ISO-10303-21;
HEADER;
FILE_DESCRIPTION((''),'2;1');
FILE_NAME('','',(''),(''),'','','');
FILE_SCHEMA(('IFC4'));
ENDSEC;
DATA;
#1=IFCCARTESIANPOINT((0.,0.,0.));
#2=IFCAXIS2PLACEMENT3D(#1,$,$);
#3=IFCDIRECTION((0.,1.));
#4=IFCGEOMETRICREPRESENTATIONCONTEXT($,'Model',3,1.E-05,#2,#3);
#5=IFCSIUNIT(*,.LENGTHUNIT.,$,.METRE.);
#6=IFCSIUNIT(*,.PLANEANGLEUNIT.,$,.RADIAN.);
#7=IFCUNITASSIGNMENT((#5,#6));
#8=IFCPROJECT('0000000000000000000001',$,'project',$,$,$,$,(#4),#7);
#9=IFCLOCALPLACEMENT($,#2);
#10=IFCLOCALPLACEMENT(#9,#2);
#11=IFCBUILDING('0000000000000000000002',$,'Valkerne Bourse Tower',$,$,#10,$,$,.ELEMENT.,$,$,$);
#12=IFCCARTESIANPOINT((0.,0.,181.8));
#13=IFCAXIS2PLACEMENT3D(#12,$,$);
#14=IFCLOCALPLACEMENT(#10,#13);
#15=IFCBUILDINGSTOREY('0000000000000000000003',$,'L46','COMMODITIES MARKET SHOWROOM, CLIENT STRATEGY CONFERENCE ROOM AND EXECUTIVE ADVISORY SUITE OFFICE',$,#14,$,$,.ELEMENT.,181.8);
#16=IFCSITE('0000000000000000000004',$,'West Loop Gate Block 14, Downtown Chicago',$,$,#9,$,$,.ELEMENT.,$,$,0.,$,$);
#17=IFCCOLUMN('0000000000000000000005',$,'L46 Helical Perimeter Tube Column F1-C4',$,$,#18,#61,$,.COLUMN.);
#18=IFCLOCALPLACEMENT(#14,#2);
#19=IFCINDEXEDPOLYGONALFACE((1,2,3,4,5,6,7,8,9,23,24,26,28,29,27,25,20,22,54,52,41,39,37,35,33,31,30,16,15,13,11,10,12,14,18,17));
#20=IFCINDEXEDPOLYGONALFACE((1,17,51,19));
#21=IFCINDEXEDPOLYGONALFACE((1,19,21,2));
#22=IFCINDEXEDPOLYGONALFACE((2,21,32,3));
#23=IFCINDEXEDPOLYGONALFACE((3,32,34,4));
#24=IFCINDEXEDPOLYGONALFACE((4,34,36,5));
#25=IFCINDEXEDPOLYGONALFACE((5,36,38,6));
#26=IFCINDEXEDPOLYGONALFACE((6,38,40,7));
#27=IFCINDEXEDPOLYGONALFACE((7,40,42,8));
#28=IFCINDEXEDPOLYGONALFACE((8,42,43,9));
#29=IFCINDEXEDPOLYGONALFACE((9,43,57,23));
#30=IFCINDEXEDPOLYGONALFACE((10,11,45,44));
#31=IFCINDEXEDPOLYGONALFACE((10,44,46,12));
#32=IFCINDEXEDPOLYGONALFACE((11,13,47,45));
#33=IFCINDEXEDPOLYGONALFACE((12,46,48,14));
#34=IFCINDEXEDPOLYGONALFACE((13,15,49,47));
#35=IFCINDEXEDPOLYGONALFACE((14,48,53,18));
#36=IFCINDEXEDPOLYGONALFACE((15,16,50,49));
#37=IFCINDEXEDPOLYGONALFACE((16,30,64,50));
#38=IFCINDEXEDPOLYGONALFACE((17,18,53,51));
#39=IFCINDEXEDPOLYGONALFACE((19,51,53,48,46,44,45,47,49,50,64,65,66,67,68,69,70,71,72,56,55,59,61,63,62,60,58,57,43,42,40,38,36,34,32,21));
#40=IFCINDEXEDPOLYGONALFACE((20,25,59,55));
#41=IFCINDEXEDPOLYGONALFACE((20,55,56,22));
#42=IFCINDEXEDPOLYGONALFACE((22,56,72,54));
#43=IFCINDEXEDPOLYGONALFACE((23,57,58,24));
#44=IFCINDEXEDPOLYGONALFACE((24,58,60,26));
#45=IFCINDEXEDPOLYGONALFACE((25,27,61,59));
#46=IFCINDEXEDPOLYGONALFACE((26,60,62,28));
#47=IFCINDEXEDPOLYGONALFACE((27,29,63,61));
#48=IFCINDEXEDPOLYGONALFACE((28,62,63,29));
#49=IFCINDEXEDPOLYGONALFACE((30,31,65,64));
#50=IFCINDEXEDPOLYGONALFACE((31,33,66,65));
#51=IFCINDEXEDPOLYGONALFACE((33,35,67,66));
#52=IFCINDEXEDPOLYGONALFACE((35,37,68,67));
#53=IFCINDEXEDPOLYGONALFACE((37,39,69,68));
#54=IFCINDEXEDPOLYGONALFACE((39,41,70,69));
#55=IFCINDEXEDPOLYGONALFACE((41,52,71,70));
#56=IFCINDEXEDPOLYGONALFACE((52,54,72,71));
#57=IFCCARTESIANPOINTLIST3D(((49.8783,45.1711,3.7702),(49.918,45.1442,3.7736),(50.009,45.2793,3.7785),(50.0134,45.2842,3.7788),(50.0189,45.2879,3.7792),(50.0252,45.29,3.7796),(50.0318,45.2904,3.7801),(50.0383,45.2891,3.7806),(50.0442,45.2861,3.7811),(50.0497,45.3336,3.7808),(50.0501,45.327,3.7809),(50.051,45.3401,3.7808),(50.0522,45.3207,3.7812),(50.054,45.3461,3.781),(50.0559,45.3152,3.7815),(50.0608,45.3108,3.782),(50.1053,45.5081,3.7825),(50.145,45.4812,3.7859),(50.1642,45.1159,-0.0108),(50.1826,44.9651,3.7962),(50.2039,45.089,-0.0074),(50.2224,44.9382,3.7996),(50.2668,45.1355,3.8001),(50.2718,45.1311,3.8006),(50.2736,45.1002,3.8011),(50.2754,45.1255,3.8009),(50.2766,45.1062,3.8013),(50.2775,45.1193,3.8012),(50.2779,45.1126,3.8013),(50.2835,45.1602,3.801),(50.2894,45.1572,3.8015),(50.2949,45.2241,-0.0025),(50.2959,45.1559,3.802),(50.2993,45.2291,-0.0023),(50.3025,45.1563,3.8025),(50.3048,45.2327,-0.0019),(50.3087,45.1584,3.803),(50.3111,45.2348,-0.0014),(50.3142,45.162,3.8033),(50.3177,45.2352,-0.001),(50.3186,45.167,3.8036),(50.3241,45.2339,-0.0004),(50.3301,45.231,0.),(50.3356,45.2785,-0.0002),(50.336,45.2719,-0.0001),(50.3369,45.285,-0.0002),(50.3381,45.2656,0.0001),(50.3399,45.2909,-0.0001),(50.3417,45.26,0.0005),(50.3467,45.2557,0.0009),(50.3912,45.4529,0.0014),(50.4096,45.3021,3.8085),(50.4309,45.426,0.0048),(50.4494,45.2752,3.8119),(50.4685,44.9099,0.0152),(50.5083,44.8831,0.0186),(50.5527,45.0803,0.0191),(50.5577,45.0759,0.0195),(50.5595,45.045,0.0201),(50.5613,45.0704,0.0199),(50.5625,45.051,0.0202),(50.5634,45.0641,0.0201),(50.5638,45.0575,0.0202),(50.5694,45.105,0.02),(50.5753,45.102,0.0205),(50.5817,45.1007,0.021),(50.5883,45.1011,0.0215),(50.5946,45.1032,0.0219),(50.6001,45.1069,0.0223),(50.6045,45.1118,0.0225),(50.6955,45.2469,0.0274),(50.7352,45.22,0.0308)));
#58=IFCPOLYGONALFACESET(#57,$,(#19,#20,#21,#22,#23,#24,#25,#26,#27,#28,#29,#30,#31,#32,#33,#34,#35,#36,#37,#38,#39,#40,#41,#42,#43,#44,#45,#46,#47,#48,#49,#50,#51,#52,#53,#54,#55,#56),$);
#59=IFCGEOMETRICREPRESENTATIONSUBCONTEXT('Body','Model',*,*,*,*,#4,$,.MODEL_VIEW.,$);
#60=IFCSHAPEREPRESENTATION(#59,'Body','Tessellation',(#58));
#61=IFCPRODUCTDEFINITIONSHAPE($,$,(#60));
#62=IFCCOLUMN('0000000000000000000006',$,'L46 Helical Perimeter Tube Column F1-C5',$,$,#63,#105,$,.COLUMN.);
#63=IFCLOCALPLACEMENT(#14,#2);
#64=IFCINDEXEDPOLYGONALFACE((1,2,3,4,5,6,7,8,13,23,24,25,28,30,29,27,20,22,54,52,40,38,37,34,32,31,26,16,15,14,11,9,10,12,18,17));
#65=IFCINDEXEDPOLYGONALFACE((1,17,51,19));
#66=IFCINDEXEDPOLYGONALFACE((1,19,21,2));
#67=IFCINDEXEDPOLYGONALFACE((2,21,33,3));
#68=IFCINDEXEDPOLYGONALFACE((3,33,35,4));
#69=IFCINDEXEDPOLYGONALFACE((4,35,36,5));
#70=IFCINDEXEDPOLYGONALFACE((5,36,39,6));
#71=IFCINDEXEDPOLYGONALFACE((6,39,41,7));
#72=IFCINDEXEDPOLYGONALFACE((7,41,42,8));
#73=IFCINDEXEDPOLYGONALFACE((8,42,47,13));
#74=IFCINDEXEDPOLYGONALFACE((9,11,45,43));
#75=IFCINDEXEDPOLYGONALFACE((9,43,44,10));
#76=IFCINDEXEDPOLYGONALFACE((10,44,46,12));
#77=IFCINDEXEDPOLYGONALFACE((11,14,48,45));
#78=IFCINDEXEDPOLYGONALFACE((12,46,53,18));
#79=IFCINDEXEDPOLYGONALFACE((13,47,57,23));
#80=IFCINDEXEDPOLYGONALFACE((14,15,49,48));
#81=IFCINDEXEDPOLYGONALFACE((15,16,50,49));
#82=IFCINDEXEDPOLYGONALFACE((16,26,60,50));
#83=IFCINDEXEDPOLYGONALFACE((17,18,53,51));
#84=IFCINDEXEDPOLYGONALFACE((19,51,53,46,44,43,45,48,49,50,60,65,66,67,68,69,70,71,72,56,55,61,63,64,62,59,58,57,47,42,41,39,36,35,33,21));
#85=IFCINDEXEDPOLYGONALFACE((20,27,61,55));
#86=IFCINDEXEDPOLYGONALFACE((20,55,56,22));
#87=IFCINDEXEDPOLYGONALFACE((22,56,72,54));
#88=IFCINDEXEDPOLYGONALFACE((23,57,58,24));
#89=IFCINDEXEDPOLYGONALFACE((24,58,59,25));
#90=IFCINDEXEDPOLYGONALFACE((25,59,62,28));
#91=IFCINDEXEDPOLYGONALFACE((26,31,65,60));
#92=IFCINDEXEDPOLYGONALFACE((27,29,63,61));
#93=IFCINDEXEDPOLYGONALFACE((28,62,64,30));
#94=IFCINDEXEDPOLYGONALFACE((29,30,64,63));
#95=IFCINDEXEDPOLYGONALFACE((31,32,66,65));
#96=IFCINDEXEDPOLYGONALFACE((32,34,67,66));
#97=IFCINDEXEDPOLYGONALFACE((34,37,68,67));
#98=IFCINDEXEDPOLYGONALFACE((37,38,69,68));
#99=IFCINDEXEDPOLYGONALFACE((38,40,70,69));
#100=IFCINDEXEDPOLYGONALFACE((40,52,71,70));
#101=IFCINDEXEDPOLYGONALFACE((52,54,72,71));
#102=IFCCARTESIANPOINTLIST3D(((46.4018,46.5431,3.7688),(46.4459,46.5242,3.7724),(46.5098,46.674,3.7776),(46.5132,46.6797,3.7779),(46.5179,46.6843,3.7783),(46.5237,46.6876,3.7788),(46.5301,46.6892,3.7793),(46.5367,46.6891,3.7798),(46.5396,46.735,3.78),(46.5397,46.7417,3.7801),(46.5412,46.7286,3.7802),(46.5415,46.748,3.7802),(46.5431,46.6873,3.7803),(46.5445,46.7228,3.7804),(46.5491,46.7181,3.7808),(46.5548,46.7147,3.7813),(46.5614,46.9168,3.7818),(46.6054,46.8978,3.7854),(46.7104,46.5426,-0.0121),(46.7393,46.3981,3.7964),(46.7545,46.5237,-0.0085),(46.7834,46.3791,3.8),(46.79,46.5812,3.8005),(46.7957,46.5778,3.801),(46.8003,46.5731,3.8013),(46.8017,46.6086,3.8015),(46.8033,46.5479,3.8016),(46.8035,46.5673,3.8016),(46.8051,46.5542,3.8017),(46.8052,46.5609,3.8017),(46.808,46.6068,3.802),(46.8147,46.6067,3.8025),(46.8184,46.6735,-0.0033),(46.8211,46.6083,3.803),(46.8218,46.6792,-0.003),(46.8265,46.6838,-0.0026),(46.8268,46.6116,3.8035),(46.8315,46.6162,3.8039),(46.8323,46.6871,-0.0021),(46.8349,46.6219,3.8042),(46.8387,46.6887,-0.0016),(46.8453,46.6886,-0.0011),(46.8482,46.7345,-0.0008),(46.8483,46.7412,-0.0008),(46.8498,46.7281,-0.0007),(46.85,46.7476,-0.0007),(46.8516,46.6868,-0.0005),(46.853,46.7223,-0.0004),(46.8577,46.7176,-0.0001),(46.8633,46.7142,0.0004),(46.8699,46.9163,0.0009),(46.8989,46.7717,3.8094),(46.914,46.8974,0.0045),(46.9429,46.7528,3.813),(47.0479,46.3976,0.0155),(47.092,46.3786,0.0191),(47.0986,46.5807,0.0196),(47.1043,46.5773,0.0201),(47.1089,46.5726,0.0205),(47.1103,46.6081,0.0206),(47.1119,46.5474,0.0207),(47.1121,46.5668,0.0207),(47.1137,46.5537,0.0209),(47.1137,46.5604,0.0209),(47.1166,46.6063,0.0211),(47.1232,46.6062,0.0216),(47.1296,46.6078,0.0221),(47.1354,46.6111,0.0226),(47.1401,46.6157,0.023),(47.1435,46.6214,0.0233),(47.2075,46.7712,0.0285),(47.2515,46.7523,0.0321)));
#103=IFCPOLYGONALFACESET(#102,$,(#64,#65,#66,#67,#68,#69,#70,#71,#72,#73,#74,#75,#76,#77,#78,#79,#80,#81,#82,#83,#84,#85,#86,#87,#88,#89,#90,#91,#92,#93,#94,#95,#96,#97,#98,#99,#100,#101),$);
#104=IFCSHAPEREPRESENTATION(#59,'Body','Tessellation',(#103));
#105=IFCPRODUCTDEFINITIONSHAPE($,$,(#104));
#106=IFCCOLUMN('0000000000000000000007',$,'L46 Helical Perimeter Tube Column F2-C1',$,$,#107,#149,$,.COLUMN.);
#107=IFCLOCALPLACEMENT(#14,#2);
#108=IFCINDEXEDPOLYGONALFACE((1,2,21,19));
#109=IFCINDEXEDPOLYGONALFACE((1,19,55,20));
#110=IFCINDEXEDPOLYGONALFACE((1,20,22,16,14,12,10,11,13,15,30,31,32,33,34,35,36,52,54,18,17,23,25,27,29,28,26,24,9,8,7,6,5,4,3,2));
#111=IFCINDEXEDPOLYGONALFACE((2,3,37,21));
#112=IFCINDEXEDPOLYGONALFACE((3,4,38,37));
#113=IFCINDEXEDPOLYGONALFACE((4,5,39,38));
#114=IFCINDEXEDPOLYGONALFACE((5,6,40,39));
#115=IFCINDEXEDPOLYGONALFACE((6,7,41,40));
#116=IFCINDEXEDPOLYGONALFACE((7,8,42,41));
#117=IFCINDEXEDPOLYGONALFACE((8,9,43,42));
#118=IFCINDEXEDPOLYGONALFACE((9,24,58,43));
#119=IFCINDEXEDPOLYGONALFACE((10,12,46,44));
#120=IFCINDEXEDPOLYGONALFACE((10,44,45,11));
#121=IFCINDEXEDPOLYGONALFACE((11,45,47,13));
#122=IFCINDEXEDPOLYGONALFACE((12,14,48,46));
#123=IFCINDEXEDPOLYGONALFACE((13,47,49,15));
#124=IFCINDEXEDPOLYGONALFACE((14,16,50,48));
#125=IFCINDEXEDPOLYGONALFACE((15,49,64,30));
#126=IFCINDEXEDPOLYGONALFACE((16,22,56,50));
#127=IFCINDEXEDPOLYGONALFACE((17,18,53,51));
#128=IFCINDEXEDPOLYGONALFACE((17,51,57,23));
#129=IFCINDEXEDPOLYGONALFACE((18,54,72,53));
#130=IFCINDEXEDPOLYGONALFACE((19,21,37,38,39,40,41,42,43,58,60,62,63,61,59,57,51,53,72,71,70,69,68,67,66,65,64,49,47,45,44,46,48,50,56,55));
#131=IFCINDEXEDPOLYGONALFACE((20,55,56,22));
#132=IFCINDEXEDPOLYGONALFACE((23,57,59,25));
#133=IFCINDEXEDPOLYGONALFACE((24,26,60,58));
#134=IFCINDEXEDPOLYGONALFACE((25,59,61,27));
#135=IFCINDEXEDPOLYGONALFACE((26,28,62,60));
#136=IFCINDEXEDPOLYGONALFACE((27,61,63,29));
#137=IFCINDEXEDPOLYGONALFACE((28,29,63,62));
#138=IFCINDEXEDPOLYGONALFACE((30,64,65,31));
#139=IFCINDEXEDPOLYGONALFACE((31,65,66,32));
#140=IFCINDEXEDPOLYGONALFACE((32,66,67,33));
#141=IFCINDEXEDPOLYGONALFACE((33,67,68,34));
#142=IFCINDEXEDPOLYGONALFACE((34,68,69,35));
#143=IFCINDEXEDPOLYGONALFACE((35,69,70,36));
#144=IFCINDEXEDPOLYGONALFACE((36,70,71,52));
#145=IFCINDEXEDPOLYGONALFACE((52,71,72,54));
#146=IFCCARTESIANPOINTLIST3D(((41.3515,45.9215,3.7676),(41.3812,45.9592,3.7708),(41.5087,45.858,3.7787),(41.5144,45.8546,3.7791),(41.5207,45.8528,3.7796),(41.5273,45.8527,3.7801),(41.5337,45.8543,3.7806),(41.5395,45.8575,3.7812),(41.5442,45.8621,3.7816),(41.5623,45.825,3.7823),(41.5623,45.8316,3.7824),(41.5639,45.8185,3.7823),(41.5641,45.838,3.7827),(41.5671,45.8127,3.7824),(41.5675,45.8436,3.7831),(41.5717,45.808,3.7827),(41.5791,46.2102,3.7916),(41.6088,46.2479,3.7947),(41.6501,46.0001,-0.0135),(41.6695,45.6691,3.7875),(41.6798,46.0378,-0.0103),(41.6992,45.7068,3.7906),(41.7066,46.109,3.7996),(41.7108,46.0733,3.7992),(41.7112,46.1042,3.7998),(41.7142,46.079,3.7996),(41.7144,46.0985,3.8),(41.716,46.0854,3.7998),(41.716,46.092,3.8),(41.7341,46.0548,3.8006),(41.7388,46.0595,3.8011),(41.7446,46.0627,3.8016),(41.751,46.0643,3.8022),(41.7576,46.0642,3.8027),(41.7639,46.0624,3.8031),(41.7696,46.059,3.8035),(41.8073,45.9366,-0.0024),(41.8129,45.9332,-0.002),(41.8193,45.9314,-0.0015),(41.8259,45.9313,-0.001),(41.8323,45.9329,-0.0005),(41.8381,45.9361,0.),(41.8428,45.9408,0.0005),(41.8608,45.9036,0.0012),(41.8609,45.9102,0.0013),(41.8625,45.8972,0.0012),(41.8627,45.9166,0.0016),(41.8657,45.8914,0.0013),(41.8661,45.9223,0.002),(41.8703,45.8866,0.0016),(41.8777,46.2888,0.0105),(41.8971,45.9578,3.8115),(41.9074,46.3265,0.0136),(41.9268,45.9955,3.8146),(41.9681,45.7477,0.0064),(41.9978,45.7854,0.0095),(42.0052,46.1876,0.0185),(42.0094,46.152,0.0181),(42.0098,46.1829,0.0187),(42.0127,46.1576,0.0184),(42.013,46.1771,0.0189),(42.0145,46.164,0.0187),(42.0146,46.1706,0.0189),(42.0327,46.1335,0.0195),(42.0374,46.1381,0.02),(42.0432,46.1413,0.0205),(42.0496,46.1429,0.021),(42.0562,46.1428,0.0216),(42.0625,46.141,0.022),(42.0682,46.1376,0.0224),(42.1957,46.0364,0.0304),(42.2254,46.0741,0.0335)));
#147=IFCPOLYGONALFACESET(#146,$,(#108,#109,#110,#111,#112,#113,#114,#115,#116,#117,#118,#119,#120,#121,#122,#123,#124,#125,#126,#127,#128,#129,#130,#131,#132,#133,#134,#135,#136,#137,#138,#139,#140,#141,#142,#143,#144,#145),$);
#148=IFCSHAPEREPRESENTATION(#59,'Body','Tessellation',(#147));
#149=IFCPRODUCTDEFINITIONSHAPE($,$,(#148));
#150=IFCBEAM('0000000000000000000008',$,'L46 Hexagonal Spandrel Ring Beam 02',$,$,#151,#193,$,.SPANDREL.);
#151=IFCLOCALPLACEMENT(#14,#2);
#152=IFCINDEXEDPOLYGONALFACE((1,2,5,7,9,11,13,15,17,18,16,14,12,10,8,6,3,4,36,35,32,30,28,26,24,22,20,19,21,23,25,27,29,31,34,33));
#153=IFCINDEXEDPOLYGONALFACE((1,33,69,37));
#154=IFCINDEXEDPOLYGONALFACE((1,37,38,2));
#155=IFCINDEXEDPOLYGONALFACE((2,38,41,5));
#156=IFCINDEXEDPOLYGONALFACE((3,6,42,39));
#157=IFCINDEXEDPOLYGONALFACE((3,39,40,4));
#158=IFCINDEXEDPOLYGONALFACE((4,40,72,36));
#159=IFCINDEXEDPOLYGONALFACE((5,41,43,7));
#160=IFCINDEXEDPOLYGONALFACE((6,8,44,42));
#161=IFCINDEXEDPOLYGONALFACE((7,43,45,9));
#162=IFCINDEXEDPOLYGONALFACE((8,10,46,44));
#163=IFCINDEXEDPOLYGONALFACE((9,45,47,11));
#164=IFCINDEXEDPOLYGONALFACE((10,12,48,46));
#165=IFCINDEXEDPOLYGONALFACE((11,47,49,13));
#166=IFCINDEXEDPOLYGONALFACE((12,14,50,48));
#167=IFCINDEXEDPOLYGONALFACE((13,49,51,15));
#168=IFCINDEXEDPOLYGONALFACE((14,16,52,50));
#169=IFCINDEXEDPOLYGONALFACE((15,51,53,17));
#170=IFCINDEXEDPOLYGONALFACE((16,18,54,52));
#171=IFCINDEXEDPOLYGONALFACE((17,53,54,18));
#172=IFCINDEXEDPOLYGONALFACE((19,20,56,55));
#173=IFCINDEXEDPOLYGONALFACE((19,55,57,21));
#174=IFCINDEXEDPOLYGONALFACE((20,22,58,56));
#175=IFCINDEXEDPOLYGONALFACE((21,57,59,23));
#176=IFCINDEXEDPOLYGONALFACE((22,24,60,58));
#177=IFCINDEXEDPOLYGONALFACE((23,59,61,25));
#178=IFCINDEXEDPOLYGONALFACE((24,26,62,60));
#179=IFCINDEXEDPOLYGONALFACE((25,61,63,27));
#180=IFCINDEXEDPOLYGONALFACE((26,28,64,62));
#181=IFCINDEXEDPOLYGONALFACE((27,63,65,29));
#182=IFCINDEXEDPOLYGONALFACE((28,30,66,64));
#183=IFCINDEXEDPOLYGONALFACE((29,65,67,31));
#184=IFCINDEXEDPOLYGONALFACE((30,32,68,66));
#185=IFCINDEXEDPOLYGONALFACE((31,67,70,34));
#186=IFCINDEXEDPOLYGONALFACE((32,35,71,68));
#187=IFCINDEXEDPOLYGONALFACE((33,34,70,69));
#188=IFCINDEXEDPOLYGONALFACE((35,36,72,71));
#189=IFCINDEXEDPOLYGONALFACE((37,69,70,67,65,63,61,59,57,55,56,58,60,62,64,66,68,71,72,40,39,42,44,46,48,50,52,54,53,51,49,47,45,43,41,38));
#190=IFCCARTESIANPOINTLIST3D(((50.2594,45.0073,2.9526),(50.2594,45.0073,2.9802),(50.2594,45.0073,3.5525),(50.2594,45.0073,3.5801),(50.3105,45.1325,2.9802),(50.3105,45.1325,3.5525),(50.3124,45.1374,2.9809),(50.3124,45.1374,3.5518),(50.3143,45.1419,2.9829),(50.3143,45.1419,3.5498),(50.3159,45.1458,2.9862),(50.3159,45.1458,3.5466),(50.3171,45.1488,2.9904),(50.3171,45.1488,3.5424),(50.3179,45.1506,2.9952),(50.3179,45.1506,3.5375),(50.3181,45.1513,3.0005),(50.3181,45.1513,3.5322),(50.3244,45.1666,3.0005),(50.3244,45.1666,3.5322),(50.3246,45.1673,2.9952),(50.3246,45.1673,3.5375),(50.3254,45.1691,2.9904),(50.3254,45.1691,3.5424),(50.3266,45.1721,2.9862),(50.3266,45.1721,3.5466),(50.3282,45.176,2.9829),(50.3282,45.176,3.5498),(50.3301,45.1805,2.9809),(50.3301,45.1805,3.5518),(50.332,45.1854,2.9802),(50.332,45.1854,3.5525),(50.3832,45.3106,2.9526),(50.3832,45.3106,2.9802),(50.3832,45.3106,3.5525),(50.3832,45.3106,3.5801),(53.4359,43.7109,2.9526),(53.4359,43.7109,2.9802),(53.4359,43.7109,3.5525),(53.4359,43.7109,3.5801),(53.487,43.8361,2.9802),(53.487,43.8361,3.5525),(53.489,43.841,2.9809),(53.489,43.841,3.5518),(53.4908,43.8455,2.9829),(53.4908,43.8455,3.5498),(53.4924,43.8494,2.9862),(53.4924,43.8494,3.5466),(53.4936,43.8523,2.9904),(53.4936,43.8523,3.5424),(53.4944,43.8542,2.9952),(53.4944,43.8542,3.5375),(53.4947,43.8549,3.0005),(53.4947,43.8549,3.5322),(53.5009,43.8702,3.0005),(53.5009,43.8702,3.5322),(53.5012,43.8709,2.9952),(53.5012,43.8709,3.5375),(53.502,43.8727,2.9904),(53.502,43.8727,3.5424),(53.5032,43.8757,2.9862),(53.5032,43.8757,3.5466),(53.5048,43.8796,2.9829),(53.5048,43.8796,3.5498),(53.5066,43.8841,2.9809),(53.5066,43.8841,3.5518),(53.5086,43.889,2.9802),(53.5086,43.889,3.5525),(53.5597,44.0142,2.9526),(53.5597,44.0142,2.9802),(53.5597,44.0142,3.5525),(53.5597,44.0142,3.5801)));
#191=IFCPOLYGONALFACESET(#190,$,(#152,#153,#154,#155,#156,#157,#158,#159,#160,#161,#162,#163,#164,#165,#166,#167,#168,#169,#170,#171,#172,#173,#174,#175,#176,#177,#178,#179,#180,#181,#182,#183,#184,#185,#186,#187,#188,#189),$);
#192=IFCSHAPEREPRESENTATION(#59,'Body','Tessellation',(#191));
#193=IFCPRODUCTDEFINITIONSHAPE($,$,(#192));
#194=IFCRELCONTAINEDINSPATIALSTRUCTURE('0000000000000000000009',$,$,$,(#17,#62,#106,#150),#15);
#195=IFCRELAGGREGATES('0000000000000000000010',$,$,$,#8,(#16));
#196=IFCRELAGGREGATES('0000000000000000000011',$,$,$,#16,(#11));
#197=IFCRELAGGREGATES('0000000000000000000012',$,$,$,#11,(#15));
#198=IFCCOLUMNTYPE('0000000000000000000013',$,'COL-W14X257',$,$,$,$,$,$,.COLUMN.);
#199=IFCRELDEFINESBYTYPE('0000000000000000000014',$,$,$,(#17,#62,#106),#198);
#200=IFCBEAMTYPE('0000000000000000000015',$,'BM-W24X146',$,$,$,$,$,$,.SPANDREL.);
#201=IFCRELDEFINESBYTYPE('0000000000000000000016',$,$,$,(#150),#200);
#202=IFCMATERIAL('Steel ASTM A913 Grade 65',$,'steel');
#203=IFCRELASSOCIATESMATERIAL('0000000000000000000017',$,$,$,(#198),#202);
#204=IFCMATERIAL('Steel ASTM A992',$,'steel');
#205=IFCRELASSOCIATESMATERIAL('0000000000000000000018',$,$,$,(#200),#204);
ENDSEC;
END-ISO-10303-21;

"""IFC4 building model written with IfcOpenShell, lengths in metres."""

from ifc_helpers import new_model, si_unit, direction, frame, origin, origin_2d, place, context, subcontext, project, spatial, i_section, extrude, material, material_profile, profile_set, type_object, element, save


model = new_model("IFC4")

# Units and contexts
model_context = context("Model", 3, precision=1e-05, world=origin(), true_north=direction((0.0, 1.0)))
body_context = subcontext(model_context, "Body", "Model", "MODEL_VIEW")
ifc_project = project(units=[si_unit("LENGTHUNIT", "METRE"), si_unit("PLANEANGLEUNIT", "RADIAN")], contexts=[model_context])

# Site, building, storey
site_placement = place(None, origin())
site = spatial("IfcSite", under=ifc_project, at=site_placement, Name="West Loop Gate Block 14, Downtown Chicago", CompositionType="ELEMENT", RefElevation=0.0)
building_placement = place(site_placement, origin())
building = spatial("IfcBuilding", under=site, at=building_placement, Name="Valkerne Bourse Tower", CompositionType="ELEMENT")
storey_placement = place(building_placement, frame((0.0, 0.0, 181.8)))
storey = spatial("IfcBuildingStorey", under=building, at=storey_placement, Name="L46", Description="COMMODITIES MARKET SHOWROOM, CLIENT STRATEGY CONFERENCE ROOM AND EXECUTIVE ADVISORY SUITE OFFICE", CompositionType="ELEMENT", Elevation=181.8)

# Columns
ifc_material_1 = material(Name="Steel ASTM A913 Grade 65", Category="steel")
ifc_material_profile_1 = material_profile(ifc_material_1, i_section(OverallWidth=0.4065, OverallDepth=0.4165, WebThickness=0.0298, FlangeThickness=0.0481, FilletRadius=0.0254, at=origin_2d()), Name="W14X257")
ifc_profile_set_1 = profile_set([ifc_material_profile_1], Name="Steel ASTM A913 Grade 65")
column_type = type_object("IfcColumnType", Name="COL-W14X257", PredefinedType="COLUMN", material=ifc_profile_set_1)
column_1_placement = place(storey_placement, frame((50.4497, 45.168, 0.01), z_axis=(-0.075389, 0.01455, 0.997048), x_axis=(0.558398, 0.829026, 0.030124)))
element("IfcColumn", 1, at=column_1_placement, inside=storey, type_object=column_type, Name="L46 Helical Perimeter Tube Column F1-C4", PredefinedType="COLUMN", context=body_context, shape_type="SweptSolid", body=[
    extrude(i_section(OverallWidth=0.4065, OverallDepth=0.4165, WebThickness=0.0298, FlangeThickness=0.0481, FilletRadius=0.0254, at=origin_2d()), origin(), (0.0, 0.0, 1.0), 3.7922),
])
column_2_placement = place(storey_placement, frame((46.981, 46.6475, 0.01), z_axis=(-0.081346, 0.000129, 0.996686), x_axis=(0.392492, 0.919202, 0.031915)))
element("IfcColumn", 2, at=column_2_placement, inside=storey, type_object=column_type, Name="L46 Helical Perimeter Tube Column F1-C5", PredefinedType="COLUMN", context=body_context, shape_type="SweptSolid", body=[
    extrude(i_section(OverallWidth=0.4065, OverallDepth=0.4165, WebThickness=0.0298, FlangeThickness=0.0481, FilletRadius=0.0254, at=origin_2d()), origin(), (0.0, 0.0, 1.0), 3.7935),
])
column_3_placement = place(storey_placement, frame((41.9377, 46.0371, 0.01), z_axis=(-0.078707, -0.020723, 0.996682), x_axis=(-0.782314, 0.620964, -0.048868)))
element("IfcColumn", 3, at=column_3_placement, inside=storey, type_object=column_type, Name="L46 Helical Perimeter Tube Column F2-C1", PredefinedType="COLUMN", context=body_context, shape_type="SweptSolid", body=[
    extrude(i_section(OverallWidth=0.4065, OverallDepth=0.4165, WebThickness=0.0298, FlangeThickness=0.0481, FilletRadius=0.0254, at=origin_2d()), origin(), (0.0, 0.0, 1.0), 3.7937),
])

# Beam
ifc_material_2 = material(Name="Steel ASTM A992", Category="steel")
ifc_material_profile_2 = material_profile(ifc_material_2, i_section(OverallWidth=0.3276, OverallDepth=0.6274, WebThickness=0.0166, FlangeThickness=0.0276, FilletRadius=0.0203, at=origin_2d()), Name="W24X146")
ifc_profile_set_2 = profile_set([ifc_material_profile_2], Name="Steel ASTM A992")
beam_type_1 = type_object("IfcBeamType", Name="BM-W24X146", PredefinedType="SPANDREL", material=ifc_profile_set_2)
beam_1_placement = place(storey_placement, frame((53.4978, 43.8625, 3.2664), z_axis=(-0.925863, 0.37786, 0.0), x_axis=(-0.37786, -0.925863, 0.0)))
element("IfcBeam", 4, at=beam_1_placement, inside=storey, type_object=beam_type_1, Name="L46 Hexagonal Spandrel Ring Beam 02", PredefinedType="SPANDREL", context=body_context, shape_type="SweptSolid", body=[
    extrude(i_section(OverallWidth=0.3276, OverallDepth=0.6274, WebThickness=0.0166, FlangeThickness=0.0276, FilletRadius=0.0203, at=origin_2d()), origin(), (0.0, 0.0, 1.0), 3.4309),
])

save(model, "model.ifc")
